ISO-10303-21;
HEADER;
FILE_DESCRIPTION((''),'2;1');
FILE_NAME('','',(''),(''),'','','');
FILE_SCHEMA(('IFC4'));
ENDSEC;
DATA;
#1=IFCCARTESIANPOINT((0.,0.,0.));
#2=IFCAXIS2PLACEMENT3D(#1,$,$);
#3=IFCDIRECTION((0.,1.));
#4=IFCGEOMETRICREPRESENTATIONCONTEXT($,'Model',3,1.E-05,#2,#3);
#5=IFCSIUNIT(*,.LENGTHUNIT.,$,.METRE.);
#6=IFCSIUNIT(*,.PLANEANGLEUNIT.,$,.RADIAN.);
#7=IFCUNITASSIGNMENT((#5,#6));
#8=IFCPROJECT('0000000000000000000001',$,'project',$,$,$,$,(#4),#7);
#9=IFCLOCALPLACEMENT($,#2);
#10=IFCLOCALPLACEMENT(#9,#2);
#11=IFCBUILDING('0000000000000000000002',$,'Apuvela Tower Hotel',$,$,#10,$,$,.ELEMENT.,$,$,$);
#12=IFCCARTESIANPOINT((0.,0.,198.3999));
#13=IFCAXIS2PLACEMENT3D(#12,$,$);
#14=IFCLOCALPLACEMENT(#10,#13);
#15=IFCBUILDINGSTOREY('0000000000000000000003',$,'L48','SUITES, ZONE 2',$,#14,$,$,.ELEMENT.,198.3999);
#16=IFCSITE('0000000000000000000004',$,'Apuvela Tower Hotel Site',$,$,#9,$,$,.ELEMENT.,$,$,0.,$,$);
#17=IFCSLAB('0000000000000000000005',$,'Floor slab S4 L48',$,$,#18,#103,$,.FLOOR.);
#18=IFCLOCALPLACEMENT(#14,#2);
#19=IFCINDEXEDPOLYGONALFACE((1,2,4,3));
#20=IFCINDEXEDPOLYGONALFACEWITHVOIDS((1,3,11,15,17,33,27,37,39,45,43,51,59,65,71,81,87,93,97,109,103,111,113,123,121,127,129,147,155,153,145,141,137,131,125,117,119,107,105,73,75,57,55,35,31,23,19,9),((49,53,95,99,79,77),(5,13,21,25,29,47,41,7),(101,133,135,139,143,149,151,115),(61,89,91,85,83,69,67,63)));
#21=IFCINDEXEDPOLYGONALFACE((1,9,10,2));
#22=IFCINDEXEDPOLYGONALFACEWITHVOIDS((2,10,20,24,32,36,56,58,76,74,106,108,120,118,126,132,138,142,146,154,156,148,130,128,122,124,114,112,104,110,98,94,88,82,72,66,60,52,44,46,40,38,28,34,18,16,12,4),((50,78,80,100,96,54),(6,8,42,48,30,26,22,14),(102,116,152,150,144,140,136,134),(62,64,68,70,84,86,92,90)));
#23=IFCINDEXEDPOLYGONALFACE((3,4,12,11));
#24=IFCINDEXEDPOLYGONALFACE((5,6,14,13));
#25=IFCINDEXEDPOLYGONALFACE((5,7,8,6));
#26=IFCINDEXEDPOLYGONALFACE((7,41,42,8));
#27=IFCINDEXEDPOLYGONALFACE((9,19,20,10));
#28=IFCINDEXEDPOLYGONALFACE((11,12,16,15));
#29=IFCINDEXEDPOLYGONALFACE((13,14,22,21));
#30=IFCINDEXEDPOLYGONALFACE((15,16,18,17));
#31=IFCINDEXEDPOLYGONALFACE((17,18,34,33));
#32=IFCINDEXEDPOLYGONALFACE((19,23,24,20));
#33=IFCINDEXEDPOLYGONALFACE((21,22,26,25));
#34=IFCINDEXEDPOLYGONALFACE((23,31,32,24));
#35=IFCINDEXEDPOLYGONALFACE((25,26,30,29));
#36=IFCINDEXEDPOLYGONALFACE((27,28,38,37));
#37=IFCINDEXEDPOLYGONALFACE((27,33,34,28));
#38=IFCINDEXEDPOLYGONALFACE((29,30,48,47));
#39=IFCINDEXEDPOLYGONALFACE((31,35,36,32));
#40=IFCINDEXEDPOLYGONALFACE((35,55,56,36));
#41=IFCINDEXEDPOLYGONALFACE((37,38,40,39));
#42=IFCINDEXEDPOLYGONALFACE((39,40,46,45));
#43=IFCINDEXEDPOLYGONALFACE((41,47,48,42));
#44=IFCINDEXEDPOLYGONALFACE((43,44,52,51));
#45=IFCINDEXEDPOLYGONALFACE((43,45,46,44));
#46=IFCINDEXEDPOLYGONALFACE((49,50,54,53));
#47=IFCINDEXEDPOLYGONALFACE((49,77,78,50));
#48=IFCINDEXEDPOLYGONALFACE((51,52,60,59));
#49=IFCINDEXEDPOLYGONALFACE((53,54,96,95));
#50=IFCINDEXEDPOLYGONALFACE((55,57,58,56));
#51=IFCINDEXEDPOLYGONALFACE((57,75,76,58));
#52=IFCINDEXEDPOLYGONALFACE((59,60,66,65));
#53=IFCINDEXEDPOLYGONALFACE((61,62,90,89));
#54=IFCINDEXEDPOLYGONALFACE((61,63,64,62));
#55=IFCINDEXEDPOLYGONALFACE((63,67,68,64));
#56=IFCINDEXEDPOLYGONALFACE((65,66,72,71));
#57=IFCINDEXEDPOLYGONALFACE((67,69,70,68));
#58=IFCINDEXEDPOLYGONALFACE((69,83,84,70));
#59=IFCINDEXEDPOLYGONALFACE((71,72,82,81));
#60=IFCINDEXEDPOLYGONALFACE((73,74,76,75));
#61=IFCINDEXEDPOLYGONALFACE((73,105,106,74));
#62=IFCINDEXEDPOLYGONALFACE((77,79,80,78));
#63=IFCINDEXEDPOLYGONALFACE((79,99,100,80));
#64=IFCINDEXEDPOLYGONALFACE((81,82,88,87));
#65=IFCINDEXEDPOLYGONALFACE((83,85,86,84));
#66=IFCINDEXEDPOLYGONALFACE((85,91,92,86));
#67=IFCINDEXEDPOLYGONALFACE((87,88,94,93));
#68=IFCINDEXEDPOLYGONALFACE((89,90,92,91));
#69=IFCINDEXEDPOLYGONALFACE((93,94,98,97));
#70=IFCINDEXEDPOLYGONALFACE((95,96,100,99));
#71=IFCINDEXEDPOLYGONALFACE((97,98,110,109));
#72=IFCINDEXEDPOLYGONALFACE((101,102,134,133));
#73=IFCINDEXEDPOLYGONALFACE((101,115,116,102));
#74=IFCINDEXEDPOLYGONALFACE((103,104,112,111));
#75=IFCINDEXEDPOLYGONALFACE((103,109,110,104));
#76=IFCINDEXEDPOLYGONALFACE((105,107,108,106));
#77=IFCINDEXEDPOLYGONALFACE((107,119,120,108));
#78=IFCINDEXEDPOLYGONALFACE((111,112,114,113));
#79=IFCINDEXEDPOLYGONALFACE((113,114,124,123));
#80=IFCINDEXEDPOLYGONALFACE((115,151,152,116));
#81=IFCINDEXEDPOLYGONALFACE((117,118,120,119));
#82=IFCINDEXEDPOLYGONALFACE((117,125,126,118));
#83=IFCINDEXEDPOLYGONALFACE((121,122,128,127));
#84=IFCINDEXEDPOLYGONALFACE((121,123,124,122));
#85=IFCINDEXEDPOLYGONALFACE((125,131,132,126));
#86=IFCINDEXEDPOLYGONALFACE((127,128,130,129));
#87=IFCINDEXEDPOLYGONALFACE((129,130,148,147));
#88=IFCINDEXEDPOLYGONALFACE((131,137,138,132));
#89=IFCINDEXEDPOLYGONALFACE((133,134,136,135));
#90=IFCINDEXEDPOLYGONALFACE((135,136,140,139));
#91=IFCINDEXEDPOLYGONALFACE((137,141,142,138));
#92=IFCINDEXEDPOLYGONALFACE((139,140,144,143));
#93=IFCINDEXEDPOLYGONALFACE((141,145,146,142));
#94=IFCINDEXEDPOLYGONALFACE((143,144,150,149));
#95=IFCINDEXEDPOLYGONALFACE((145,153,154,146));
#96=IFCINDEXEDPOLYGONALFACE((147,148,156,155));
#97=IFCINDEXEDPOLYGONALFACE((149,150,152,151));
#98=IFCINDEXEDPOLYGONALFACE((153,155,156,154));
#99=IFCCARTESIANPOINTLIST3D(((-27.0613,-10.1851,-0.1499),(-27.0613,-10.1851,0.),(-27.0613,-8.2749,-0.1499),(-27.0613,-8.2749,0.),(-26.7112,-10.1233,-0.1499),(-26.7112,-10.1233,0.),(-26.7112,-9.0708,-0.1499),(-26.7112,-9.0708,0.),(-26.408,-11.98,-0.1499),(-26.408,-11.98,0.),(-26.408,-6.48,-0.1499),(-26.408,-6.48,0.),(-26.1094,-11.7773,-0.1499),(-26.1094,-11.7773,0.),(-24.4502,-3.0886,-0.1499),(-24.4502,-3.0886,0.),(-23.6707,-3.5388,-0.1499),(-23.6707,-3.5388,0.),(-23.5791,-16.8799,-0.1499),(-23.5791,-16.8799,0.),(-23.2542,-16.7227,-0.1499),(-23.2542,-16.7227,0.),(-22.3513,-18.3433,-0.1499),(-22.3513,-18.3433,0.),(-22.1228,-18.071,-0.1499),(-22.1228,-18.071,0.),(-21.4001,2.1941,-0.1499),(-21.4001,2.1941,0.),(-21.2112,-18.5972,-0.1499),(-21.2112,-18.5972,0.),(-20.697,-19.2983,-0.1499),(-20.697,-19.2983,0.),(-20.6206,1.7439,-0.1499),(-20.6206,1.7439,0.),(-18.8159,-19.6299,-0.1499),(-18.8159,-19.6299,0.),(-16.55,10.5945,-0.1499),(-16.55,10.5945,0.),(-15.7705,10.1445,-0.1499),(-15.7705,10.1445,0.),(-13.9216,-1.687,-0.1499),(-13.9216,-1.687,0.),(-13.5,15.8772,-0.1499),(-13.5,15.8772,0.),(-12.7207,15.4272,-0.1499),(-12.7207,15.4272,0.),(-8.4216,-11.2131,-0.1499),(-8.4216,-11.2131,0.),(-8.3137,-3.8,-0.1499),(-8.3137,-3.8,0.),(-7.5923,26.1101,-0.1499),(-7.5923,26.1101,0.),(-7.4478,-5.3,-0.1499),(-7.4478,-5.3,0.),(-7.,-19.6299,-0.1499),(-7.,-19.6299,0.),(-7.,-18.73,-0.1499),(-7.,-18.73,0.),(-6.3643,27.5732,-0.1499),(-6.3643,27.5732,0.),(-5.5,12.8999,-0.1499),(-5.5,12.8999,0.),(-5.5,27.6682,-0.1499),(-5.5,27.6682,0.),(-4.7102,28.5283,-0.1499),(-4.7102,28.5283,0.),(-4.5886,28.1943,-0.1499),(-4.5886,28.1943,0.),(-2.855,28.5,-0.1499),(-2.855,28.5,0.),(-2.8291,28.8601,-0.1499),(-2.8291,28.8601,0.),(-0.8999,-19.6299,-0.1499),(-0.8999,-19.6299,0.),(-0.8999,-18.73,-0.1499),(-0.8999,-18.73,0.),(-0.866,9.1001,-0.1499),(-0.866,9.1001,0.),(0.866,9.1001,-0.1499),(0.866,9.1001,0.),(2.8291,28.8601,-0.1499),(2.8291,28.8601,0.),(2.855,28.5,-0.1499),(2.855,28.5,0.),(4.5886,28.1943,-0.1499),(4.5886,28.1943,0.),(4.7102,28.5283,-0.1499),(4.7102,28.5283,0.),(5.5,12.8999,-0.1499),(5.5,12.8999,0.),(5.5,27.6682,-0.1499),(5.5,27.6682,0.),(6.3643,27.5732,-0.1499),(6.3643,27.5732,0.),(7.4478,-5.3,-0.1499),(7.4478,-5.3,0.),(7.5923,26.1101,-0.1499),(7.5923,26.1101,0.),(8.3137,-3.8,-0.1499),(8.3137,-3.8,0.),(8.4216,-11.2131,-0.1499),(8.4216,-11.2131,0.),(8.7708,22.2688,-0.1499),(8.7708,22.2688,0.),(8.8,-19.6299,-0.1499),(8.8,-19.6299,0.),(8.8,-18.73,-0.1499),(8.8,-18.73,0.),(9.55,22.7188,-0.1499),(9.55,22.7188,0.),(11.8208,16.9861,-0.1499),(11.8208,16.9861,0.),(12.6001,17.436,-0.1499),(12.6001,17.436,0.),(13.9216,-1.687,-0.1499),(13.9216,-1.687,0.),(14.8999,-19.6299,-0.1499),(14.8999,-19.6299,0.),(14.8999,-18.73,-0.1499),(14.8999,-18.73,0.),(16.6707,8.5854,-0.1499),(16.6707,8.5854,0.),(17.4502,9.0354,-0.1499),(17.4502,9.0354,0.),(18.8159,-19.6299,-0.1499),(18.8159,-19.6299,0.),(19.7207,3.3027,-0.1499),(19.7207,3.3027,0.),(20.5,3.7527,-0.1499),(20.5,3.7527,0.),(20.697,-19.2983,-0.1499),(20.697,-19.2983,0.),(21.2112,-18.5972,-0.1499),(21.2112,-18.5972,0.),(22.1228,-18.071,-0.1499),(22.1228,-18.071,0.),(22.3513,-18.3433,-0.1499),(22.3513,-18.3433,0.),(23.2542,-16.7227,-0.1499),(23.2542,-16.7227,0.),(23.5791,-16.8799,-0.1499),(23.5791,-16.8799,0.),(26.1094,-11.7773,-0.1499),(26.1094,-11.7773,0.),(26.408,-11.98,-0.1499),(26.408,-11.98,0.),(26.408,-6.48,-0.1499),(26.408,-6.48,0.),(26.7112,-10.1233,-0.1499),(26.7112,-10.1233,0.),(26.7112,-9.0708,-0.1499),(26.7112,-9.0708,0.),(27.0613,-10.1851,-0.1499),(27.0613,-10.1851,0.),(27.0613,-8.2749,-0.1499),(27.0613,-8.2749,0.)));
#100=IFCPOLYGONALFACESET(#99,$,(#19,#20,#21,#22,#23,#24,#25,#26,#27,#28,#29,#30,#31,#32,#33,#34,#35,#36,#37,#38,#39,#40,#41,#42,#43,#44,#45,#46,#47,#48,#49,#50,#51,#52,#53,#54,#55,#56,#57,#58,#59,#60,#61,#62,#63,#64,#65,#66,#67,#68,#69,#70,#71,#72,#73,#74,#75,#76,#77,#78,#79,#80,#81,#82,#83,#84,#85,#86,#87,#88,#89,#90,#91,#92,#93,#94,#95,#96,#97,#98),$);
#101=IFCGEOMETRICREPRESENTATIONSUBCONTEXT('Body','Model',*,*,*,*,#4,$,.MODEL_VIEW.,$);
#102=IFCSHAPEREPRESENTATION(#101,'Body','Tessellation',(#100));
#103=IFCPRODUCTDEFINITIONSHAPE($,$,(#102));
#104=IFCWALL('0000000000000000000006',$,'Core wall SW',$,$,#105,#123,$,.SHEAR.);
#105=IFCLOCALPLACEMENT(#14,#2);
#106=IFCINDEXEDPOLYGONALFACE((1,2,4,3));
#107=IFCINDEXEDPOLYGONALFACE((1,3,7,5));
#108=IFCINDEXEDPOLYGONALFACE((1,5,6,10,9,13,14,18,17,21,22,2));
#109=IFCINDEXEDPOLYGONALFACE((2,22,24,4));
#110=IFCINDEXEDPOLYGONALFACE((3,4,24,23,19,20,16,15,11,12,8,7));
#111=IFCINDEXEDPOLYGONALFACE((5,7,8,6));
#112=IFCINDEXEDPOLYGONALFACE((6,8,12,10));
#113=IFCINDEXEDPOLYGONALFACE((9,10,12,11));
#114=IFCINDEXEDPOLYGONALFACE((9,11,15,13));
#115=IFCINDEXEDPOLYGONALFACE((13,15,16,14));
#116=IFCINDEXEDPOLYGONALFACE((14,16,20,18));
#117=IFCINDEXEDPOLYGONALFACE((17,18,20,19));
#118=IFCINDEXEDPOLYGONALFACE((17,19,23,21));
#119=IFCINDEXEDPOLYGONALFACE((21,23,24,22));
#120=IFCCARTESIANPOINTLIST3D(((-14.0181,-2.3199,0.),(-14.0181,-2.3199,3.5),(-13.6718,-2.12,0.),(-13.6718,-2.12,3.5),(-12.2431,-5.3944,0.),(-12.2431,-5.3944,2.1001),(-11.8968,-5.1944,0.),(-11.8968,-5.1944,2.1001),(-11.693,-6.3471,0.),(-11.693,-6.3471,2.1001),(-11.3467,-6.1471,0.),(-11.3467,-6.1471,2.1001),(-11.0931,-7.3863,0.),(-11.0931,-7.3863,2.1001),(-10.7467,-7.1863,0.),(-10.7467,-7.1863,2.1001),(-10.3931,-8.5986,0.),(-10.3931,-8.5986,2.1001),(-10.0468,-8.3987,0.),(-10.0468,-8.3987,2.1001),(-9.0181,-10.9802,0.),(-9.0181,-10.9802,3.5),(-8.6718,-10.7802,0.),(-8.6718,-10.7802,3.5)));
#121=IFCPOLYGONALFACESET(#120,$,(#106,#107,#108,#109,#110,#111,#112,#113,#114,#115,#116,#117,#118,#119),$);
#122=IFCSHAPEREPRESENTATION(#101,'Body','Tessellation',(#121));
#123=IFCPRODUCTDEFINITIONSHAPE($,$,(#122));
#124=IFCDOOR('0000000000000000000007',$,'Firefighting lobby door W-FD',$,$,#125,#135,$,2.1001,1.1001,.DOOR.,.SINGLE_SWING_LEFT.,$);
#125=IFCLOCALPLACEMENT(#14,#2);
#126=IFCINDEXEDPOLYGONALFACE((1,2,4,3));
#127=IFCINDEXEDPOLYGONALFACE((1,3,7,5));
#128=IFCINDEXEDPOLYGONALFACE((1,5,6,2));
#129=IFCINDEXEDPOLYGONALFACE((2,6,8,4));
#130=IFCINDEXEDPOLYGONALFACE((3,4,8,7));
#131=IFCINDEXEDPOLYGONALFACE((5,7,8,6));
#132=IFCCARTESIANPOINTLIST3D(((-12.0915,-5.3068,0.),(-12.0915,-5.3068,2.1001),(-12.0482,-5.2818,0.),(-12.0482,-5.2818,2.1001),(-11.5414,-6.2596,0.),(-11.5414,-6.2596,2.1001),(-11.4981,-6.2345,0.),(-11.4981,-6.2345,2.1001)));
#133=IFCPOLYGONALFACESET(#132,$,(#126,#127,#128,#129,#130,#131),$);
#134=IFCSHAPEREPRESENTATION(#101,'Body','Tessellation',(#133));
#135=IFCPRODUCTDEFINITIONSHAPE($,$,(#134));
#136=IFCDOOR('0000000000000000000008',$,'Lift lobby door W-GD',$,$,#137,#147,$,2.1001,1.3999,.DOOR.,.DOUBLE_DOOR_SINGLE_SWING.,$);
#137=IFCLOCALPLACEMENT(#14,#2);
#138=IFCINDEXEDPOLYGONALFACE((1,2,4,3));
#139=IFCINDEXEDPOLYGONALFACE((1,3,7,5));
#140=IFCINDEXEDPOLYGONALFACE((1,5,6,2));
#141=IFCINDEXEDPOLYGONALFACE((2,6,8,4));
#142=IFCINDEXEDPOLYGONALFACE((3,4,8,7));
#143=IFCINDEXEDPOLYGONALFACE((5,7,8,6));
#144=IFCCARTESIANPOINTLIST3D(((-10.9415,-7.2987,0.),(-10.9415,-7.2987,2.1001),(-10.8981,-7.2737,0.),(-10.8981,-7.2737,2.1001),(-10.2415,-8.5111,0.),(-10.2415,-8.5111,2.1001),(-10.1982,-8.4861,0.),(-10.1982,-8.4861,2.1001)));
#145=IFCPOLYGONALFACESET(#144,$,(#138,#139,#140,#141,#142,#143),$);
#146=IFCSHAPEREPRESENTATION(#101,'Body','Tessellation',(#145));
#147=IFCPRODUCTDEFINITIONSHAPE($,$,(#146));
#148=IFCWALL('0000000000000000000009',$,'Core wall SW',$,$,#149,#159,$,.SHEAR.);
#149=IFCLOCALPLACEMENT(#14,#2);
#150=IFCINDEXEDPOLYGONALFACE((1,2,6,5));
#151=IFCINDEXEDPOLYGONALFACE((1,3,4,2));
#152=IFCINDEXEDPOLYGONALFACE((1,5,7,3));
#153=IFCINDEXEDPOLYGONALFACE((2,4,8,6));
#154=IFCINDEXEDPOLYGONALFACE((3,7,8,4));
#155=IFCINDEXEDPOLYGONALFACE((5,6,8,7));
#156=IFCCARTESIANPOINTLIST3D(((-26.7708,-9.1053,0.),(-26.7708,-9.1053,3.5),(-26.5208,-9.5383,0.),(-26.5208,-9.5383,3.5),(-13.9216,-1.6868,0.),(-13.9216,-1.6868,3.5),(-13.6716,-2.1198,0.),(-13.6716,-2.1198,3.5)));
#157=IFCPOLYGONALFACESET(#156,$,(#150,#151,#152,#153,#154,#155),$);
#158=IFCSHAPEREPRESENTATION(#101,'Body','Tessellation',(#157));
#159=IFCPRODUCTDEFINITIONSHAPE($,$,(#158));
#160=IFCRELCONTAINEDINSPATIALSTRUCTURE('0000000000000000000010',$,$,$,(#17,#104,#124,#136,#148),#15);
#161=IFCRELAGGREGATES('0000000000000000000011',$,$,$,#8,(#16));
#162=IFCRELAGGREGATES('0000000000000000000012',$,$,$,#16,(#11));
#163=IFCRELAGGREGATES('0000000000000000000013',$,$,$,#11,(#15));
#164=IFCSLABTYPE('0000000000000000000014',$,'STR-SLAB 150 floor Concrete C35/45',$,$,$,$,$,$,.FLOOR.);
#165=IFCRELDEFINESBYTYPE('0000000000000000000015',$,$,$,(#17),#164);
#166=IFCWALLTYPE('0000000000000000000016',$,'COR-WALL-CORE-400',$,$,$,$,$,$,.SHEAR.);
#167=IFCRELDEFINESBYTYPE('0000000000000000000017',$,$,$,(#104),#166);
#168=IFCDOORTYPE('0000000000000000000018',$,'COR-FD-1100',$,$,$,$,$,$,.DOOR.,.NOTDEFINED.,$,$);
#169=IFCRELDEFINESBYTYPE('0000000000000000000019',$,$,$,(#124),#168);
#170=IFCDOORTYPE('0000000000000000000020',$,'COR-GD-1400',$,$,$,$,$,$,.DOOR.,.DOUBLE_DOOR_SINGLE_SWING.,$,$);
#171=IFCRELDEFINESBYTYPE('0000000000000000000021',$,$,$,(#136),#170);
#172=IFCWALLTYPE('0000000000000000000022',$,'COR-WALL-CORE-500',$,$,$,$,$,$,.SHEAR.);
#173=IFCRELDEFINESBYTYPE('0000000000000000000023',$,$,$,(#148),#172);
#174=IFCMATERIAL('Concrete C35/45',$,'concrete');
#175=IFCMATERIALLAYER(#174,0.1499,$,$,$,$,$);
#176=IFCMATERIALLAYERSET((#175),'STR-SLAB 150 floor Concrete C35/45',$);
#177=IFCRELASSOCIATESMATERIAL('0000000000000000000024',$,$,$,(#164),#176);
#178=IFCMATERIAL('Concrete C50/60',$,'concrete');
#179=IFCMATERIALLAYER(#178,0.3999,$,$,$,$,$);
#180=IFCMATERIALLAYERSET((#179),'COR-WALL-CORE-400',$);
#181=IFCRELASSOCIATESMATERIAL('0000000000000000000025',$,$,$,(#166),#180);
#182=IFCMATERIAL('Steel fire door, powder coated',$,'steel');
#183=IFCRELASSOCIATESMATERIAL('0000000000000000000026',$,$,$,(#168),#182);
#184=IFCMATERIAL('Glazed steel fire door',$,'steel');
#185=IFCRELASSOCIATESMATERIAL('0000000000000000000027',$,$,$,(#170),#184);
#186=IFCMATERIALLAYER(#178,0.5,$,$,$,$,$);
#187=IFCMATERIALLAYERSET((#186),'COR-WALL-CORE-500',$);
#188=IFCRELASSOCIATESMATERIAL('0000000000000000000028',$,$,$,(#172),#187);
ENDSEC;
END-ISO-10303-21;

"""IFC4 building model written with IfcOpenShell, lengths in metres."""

from ifc_helpers import new_model, si_unit, direction, frame, frame_2d, origin, place, context, subcontext, project, spatial, polyline, rectangle, outline, extrude, material, layer, layer_set, type_object, element, fill, save


model = new_model("IFC4")

# Units and contexts
model_context = context("Model", 3, precision=1e-05, world=origin(), true_north=direction((0.0, 1.0)))
body_context = subcontext(model_context, "Body", "Model", "MODEL_VIEW")
ifc_project = project(units=[si_unit("LENGTHUNIT", "METRE"), si_unit("PLANEANGLEUNIT", "RADIAN")], contexts=[model_context])

# Site, building, storey
site_placement = place(None, origin())
site = spatial("IfcSite", under=ifc_project, at=site_placement, Name="Apuvela Tower Hotel Site", CompositionType="ELEMENT", RefElevation=0.0)
building_placement = place(site_placement, origin())
building = spatial("IfcBuilding", under=site, at=building_placement, Name="Apuvela Tower Hotel", CompositionType="ELEMENT")
storey_placement = place(building_placement, frame((0.0, 0.0, 198.3999)))
storey = spatial("IfcBuildingStorey", under=building, at=storey_placement, Name="L48", Description="SUITES, ZONE 2", CompositionType="ELEMENT", Elevation=198.3999)

# Shared definitions
ifc_material_1 = material(Name="Concrete C50/60", Category="concrete")

# Slab
ifc_material_2 = material(Name="Concrete C35/45", Category="concrete")
ifc_layer_1 = layer(ifc_material_2, 0.1499)
ifc_layer_set_1 = layer_set([ifc_layer_1], Name="STR-SLAB 150 floor Concrete C35/45")
slab_type_1 = type_object("IfcSlabType", Name="STR-SLAB 150 floor Concrete C35/45", PredefinedType="FLOOR", material=ifc_layer_set_1)
slab_1_placement = place(storey_placement, frame((0.0, 0.0, -0.1499)))
element("IfcSlab", 1, at=slab_1_placement, inside=storey, type_object=slab_type_1, Name="Floor slab S4 L48", PredefinedType="FLOOR", context=body_context, shape_type="SweptSolid", body=[
    extrude(outline(polyline([(-6.3643, 27.5732), (-4.7102, 28.5283), (-2.8291, 28.8601), (2.8291, 28.8601), (4.7102, 28.5283), (6.3643, 27.5732), (7.5923, 26.1101), (9.55, 22.7188), (8.7708, 22.2688), (11.8208, 16.9861), (12.6001, 17.436), (17.4502, 9.0354), (16.6707, 8.5854), (19.7207, 3.3027), (20.5, 3.7527), (26.408, -6.48), (27.0613, -8.2749), (27.0613, -10.1851), (26.408, -11.98), (23.5791, -16.8799), (22.3513, -18.3433), (20.697, -19.2983), (18.8159, -19.6299), (14.8999, -19.6299), (14.8999, -18.73), (8.8, -18.73), (8.8, -19.6299), (-0.8999, -19.6299), (-0.8999, -18.73), (-7.0, -18.73), (-7.0, -19.6299), (-18.8159, -19.6299), (-20.697, -19.2983), (-22.3513, -18.3433), (-23.5791, -16.8799), (-26.408, -11.98), (-27.0613, -10.1851), (-27.0613, -8.2749), (-26.408, -6.48), (-24.4502, -3.0886), (-23.6707, -3.5388), (-20.6206, 1.7439), (-21.4001, 2.1941), (-16.55, 10.5945), (-15.7705, 10.1445), (-12.7207, 15.4272), (-13.5, 15.8772), (-7.5923, 26.1101), (-6.3643, 27.5732)]), holes=[polyline([(0.866, 9.1001), (-0.866, 9.1001), (-8.3137, -3.8), (-7.4478, -5.3), (7.4478, -5.3), (8.3137, -3.8), (0.866, 9.1001)]), polyline([(-5.5, 12.8999), (-5.5, 27.6682), (-4.5886, 28.1943), (-2.855, 28.5), (2.855, 28.5), (4.5886, 28.1943), (5.5, 27.6682), (5.5, 12.8999), (-5.5, 12.8999)]), polyline([(-8.4216, -11.2131), (-21.2112, -18.5972), (-22.1228, -18.071), (-23.2542, -16.7227), (-26.1094, -11.7773), (-26.7112, -10.1233), (-26.7112, -9.0708), (-13.9216, -1.687), (-8.4216, -11.2131)]), polyline([(13.9216, -1.687), (26.7112, -9.0708), (26.7112, -10.1233), (26.1094, -11.7773), (23.2542, -16.7227), (22.1228, -18.071), (21.2112, -18.5972), (8.4216, -11.2131), (13.9216, -1.687)])]), origin(), (0.0, 0.0, 1.0), 0.1499),
])

# Wall, openings, doors
ifc_layer_2 = layer(ifc_material_1, 0.3999)
ifc_layer_set_2 = layer_set([ifc_layer_2], Name="COR-WALL-CORE-400")
wall_type_1 = type_object("IfcWallType", Name="COR-WALL-CORE-400", PredefinedType="SHEAR", material=ifc_layer_set_2)
wall_1_placement = place(storey_placement, frame((-13.845, -2.22, 0.0), z_axis=(0.0, 0.0, 1.0), x_axis=(0.500004, -0.866023, 0.0)))
wall_1 = element("IfcWall", 2, at=wall_1_placement, inside=storey, type_object=wall_type_1, Name="Core wall SW", PredefinedType="SHEAR", context=body_context, shape_type="SweptSolid", body=[
    extrude(rectangle(XDim=10.0, YDim=0.3999, at=frame_2d((5.0, 0.0))), origin(), (0.0, 0.0, 1.0), 3.5),
])
opening_1_placement = place(wall_1_placement, frame((3.55, 0.0, 0.0)))
opening_1 = element("IfcOpeningElement", 3, at=opening_1_placement, cuts=wall_1, PredefinedType="OPENING", context=body_context, shape_type="SweptSolid", body=[
    extrude(rectangle(XDim=1.1001, YDim=2.1001, at=frame_2d((0.55, 1.05))), frame((0.0, 0.21, 0.0), z_axis=(0.0, -1.0, 0.0), x_axis=(1.0, 0.0, 0.0)), (0.0, 0.0, 1.0), 0.4199),
])
opening_2_placement = place(wall_1_placement, frame((5.8501, 0.0, 0.0)))
opening_2 = element("IfcOpeningElement", 4, at=opening_2_placement, cuts=wall_1, PredefinedType="OPENING", context=body_context, shape_type="SweptSolid", body=[
    extrude(rectangle(XDim=1.3999, YDim=2.1001, at=frame_2d((0.7, 1.05))), frame((0.0, 0.21, 0.0), z_axis=(0.0, -1.0, 0.0), x_axis=(1.0, 0.0, 0.0)), (0.0, 0.0, 1.0), 0.4199),
])
ifc_material_3 = material(Name="Steel fire door, powder coated", Category="steel")
door_type_1 = type_object("IfcDoorType", Name="COR-FD-1100", OperationType="NOTDEFINED", PredefinedType="DOOR", material=ifc_material_3)
door_1_placement = place(opening_1_placement, frame((1.1001, 0.0, 0.0), z_axis=(0.0, 0.0, 1.0), x_axis=(-1.0, 0.0, 0.0)))
door_1 = element("IfcDoor", 5, at=door_1_placement, inside=storey, type_object=door_type_1, Name="Firefighting lobby door W-FD", OperationType="SINGLE_SWING_LEFT", OverallHeight=2.1001, OverallWidth=1.1001, PredefinedType="DOOR", context=body_context, shape_type="SweptSolid", body=[
    extrude(rectangle(XDim=1.1001, YDim=2.1001, at=frame_2d((0.55, 1.05))), frame((0.0, 0.0249, 0.0), z_axis=(0.0, -1.0, 0.0), x_axis=(1.0, 0.0, 0.0)), (0.0, 0.0, 1.0), 0.05),
])
fill(opening_1, door_1)
ifc_material_4 = material(Name="Glazed steel fire door", Category="steel")
door_type_2 = type_object("IfcDoorType", Name="COR-GD-1400", OperationType="DOUBLE_DOOR_SINGLE_SWING", PredefinedType="DOOR", material=ifc_material_4)
door_2_placement = place(opening_2_placement, frame((1.3999, 0.0, 0.0), z_axis=(0.0, 0.0, 1.0), x_axis=(-1.0, 0.0, 0.0)))
door_2 = element("IfcDoor", 6, at=door_2_placement, inside=storey, type_object=door_type_2, Name="Lift lobby door W-GD", OperationType="DOUBLE_DOOR_SINGLE_SWING", OverallHeight=2.1001, OverallWidth=1.3999, PredefinedType="DOOR", context=body_context, shape_type="SweptSolid", body=[
    extrude(rectangle(XDim=1.3999, YDim=2.1001, at=frame_2d((0.7, 1.05))), frame((0.0, 0.0249, 0.0), z_axis=(0.0, -1.0, 0.0), x_axis=(1.0, 0.0, 0.0)), (0.0, 0.0, 1.0), 0.05),
])
fill(opening_2, door_2)

# Wall
ifc_layer_3 = layer(ifc_material_1, 0.5)
ifc_layer_set_3 = layer_set([ifc_layer_3], Name="COR-WALL-CORE-500")
wall_type_2 = type_object("IfcWallType", Name="COR-WALL-CORE-500", PredefinedType="SHEAR", material=ifc_layer_set_3)
wall_2_placement = place(storey_placement, frame((-13.7966, -1.9033, 0.0), z_axis=(0.0, 0.0, 1.0), x_axis=(-0.866025, -0.500001, 0.0)))
element("IfcWall", 7, at=wall_2_placement, inside=storey, type_object=wall_type_2, Name="Core wall SW", PredefinedType="SHEAR", context=body_context, shape_type="SweptSolid", body=[
    extrude(rectangle(XDim=14.8369, YDim=0.5, at=frame_2d((7.4185, 0.0))), origin(), (0.0, 0.0, 1.0), 3.5),
])

save(model, "model.ifc")
